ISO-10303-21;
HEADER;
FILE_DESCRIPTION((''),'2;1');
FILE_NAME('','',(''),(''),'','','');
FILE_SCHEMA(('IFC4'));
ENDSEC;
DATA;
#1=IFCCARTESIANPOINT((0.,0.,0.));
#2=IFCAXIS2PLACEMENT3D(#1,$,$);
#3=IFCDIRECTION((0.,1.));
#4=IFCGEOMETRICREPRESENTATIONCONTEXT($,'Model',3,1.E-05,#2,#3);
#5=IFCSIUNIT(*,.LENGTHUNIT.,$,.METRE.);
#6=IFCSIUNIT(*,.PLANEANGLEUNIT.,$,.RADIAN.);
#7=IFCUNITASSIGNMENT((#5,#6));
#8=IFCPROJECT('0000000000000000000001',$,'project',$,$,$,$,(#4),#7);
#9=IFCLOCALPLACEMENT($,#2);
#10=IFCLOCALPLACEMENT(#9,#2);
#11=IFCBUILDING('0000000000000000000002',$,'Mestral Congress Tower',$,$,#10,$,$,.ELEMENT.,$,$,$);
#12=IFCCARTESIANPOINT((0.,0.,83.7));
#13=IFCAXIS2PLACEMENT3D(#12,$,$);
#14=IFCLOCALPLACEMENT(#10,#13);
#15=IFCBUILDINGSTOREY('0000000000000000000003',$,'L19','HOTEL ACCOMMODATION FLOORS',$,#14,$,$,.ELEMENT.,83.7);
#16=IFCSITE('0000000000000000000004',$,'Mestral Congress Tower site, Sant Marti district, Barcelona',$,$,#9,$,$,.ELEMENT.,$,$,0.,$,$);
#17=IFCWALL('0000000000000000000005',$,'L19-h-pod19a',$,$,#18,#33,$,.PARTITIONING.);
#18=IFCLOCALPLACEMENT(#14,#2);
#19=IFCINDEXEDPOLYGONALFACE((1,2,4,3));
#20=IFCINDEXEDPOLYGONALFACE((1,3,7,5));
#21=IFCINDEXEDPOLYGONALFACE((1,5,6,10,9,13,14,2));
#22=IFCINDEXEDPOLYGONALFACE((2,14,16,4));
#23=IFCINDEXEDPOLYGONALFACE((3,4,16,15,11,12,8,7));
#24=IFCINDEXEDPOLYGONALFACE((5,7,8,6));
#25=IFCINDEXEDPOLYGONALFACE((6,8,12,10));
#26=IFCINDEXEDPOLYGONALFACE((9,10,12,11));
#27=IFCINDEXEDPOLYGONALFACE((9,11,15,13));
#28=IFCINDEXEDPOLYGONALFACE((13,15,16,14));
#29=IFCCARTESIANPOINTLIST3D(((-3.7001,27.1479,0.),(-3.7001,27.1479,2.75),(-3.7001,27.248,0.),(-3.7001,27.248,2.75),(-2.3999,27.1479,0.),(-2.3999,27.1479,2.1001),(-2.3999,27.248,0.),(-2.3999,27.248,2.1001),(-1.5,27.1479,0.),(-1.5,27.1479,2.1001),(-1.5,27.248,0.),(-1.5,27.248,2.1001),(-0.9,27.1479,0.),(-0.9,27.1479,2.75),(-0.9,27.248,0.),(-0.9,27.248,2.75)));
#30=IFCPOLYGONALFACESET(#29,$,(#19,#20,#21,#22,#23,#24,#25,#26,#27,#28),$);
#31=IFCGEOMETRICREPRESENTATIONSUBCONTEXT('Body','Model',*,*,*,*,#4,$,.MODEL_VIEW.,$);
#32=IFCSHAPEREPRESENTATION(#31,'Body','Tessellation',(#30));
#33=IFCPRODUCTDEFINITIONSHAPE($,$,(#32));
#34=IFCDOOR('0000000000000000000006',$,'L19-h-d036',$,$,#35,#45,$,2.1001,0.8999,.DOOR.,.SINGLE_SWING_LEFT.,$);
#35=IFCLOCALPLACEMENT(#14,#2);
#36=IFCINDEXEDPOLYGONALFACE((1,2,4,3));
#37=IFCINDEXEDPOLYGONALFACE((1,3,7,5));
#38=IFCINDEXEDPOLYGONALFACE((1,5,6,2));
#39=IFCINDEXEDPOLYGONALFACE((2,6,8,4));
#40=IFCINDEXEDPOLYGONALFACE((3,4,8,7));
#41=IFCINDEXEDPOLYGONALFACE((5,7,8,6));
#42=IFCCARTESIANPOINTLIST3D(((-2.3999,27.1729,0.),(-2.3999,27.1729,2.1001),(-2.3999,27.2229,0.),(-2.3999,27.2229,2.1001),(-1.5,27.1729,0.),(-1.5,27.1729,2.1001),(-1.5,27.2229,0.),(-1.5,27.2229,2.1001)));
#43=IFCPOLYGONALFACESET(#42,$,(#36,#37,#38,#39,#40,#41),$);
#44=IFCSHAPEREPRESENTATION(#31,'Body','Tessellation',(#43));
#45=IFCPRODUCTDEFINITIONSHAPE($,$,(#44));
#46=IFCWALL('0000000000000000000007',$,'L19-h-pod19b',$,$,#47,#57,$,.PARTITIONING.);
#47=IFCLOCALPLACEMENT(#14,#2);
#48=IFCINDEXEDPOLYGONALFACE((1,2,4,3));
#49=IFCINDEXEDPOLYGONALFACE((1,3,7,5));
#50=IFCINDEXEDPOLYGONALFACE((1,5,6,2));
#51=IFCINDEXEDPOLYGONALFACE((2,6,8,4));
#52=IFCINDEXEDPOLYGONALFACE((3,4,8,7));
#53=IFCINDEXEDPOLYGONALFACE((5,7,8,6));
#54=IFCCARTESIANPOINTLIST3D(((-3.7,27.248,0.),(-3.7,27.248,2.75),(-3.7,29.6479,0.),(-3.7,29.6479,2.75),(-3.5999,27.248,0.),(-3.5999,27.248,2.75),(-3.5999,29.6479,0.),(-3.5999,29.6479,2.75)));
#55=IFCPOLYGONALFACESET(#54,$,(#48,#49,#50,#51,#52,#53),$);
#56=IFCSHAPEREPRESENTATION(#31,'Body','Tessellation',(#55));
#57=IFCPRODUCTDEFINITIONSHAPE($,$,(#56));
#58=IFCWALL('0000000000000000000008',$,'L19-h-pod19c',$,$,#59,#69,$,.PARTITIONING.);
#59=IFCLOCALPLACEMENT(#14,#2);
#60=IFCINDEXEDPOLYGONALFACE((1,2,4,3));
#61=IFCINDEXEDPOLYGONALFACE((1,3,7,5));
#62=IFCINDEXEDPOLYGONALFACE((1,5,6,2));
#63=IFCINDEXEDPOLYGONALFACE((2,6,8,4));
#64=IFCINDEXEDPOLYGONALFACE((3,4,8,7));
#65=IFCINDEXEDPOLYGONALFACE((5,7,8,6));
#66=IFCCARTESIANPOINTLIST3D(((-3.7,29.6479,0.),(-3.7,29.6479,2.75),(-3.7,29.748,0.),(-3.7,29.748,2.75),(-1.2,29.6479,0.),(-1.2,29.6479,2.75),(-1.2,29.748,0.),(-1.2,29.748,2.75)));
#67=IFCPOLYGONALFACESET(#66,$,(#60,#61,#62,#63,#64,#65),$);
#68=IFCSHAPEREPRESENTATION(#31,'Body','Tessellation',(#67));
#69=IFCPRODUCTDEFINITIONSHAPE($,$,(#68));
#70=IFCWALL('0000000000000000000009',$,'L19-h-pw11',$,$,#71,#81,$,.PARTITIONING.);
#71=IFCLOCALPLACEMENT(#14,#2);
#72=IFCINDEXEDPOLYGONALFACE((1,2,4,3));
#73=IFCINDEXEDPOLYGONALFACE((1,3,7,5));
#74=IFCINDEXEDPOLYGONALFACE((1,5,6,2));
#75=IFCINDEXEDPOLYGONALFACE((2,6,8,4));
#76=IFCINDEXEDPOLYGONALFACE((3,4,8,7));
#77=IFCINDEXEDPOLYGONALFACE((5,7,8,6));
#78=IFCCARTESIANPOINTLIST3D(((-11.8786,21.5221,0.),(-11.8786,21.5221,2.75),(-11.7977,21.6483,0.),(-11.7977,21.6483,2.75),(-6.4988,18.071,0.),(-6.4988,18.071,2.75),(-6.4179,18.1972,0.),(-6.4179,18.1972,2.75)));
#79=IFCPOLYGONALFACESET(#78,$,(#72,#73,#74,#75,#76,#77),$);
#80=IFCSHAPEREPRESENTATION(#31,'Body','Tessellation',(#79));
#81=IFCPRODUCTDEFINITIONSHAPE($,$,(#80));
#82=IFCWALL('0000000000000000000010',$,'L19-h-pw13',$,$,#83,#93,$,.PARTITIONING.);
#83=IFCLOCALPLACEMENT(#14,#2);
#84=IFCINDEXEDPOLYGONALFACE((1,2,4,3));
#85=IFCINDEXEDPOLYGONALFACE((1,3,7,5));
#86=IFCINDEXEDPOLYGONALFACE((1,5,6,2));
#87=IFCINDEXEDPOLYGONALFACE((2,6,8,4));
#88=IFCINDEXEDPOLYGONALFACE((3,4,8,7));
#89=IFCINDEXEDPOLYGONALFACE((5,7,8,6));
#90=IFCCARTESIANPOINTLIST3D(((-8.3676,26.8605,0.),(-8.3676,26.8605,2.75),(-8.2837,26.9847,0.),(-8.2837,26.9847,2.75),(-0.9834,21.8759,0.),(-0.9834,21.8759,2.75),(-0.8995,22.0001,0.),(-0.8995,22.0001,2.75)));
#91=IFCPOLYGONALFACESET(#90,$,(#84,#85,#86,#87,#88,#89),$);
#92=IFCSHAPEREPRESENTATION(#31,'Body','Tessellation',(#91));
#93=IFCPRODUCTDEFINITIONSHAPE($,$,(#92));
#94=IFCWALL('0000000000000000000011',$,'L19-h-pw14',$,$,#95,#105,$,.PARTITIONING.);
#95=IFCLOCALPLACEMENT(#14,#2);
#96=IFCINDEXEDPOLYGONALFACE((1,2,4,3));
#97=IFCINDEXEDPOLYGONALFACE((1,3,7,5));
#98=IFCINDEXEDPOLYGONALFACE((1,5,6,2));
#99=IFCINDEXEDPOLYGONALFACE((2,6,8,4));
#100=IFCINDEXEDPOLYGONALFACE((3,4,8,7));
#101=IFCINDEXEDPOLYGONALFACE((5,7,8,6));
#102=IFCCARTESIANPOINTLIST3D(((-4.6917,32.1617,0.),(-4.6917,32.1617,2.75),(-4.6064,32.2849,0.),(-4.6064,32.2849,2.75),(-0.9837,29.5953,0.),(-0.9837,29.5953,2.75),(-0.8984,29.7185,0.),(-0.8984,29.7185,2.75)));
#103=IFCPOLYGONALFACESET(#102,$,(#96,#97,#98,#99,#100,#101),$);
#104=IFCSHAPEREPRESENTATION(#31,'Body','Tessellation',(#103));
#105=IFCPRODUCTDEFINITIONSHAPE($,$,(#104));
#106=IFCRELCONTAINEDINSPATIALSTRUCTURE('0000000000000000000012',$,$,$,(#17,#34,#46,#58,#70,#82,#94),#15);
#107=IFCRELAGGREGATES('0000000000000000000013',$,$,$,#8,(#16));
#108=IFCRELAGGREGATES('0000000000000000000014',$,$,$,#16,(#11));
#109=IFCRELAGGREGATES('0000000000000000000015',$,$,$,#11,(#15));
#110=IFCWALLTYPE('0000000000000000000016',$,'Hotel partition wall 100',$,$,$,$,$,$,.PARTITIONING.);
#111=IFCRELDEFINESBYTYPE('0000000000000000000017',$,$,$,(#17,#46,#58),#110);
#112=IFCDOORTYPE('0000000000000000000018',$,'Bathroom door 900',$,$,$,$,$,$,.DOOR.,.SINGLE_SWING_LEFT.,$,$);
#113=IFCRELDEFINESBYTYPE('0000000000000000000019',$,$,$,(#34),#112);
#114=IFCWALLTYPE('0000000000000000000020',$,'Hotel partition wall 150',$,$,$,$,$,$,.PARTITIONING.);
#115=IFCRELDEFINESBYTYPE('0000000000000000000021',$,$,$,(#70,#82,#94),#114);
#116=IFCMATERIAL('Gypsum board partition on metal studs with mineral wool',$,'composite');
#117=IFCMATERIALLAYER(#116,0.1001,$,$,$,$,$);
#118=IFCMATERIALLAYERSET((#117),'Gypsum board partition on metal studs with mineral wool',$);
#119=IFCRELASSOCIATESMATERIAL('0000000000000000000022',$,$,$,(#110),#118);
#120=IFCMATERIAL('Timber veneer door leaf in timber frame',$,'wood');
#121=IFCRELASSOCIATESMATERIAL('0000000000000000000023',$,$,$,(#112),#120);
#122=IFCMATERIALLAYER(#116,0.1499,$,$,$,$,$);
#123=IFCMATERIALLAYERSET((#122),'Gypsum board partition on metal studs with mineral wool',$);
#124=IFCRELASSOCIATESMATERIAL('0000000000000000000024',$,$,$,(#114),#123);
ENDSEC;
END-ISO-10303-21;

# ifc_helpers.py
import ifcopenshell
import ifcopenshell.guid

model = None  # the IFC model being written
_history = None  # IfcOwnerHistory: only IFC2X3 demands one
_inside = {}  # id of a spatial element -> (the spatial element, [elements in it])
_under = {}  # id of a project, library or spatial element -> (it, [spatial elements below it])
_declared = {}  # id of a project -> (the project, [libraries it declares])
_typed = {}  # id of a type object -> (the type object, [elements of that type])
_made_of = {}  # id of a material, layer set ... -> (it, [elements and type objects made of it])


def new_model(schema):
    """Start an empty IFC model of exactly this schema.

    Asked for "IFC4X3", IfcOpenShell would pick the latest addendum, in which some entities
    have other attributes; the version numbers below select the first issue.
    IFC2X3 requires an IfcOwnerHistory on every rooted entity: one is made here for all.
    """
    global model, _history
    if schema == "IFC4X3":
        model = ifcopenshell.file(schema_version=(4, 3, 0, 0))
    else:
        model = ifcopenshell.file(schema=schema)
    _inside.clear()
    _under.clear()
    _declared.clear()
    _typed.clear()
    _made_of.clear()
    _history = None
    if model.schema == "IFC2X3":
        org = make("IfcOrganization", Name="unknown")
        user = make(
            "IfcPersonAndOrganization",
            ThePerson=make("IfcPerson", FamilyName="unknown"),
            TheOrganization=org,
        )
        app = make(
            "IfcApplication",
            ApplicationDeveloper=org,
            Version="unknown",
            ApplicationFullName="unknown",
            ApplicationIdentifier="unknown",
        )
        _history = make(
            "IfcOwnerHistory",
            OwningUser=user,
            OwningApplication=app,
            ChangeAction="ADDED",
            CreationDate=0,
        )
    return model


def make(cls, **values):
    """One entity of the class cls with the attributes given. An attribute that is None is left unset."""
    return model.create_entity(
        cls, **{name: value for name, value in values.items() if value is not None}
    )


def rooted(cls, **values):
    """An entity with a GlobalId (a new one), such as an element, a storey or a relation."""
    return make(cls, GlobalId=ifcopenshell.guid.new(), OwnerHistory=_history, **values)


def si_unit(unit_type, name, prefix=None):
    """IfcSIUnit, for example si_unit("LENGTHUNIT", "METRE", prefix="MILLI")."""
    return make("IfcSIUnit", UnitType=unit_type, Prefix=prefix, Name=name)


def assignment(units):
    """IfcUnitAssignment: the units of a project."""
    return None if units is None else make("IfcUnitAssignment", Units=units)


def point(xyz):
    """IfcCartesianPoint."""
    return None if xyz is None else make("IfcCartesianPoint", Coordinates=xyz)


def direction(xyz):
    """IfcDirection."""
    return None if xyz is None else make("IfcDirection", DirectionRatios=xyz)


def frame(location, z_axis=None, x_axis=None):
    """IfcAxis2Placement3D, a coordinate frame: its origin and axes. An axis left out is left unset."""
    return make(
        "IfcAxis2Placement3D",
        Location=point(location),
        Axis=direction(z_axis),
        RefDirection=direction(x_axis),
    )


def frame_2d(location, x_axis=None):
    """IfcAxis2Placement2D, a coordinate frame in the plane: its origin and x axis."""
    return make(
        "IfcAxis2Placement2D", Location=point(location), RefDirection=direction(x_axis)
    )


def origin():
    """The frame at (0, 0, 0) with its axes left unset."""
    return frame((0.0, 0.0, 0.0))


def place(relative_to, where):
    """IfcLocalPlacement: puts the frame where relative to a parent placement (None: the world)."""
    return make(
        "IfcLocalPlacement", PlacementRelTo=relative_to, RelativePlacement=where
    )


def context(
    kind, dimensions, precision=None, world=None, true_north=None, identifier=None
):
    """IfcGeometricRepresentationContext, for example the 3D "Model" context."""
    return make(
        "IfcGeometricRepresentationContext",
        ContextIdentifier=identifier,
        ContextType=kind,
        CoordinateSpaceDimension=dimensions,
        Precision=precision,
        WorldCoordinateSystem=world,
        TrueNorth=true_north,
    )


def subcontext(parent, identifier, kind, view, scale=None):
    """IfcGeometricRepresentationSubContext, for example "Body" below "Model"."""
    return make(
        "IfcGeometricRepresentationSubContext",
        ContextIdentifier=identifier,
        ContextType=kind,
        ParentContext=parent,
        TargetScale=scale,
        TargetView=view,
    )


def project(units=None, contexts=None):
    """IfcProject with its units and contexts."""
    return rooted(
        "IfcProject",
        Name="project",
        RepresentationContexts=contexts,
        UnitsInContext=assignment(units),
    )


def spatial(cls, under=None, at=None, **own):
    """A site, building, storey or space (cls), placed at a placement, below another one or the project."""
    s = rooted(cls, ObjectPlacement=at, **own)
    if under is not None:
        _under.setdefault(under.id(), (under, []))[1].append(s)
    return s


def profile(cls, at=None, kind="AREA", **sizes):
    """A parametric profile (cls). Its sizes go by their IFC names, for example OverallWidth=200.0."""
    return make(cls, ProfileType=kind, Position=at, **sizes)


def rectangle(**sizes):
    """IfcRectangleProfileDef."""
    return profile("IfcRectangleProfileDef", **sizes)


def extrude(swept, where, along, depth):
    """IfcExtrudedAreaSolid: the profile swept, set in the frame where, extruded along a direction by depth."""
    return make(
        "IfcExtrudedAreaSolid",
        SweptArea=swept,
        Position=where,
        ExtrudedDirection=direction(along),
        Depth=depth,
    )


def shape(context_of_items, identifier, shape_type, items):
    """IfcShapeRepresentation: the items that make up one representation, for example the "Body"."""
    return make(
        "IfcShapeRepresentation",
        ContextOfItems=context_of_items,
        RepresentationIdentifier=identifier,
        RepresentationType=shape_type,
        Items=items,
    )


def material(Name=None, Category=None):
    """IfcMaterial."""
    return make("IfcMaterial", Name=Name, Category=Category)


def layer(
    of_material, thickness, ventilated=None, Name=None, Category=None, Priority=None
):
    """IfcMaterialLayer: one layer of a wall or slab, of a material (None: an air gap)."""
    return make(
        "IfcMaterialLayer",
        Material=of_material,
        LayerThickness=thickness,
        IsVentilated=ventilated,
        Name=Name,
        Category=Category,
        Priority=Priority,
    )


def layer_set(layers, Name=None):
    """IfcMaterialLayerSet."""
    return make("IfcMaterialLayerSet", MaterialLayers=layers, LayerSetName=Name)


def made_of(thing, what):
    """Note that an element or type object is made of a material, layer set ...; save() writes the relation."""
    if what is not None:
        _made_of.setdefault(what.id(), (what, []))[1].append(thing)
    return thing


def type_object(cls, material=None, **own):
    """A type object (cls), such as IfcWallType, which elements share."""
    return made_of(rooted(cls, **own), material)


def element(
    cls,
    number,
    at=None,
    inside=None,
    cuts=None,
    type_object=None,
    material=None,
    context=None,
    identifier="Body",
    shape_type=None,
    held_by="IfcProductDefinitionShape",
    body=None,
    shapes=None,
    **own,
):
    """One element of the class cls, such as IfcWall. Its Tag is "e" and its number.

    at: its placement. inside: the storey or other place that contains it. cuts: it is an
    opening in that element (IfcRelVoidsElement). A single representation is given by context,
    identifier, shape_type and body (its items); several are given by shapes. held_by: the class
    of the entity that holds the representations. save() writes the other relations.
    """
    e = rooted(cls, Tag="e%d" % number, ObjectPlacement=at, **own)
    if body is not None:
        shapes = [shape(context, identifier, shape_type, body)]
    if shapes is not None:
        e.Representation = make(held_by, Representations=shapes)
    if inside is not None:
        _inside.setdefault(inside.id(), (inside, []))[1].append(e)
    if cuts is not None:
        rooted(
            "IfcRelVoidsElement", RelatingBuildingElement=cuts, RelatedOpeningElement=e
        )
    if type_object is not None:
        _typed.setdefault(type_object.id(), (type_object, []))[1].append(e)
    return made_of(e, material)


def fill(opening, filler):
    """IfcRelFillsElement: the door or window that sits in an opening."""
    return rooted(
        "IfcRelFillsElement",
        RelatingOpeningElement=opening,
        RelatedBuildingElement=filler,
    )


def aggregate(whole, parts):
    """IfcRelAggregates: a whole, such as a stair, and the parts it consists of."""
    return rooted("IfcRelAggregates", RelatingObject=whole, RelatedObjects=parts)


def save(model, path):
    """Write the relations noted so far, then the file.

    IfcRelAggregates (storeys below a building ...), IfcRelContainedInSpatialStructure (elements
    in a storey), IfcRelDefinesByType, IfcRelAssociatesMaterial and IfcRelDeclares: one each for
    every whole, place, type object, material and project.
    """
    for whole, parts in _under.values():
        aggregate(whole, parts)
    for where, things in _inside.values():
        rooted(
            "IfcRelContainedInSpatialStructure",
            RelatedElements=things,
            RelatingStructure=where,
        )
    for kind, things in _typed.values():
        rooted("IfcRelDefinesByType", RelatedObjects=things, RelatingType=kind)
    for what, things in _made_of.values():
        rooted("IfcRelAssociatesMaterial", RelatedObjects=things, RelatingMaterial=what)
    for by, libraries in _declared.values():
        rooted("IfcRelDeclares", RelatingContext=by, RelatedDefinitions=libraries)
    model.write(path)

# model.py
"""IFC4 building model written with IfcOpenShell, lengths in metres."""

from ifc_helpers import new_model, si_unit, direction, frame, frame_2d, origin, place, context, subcontext, project, spatial, rectangle, extrude, material, layer, layer_set, type_object, element, fill, save


model = new_model("IFC4")

# Units and contexts
model_context = context("Model", 3, precision=1e-05, world=origin(), true_north=direction((0.0, 1.0)))
body_context = subcontext(model_context, "Body", "Model", "MODEL_VIEW")
ifc_project = project(units=[si_unit("LENGTHUNIT", "METRE"), si_unit("PLANEANGLEUNIT", "RADIAN")], contexts=[model_context])

# Site, building, storey
site_placement = place(None, origin())
site = spatial("IfcSite", under=ifc_project, at=site_placement, Name="Mestral Congress Tower site, Sant Marti district, Barcelona", CompositionType="ELEMENT", RefElevation=0.0)
building_placement = place(site_placement, origin())
building = spatial("IfcBuilding", under=site, at=building_placement, Name="Mestral Congress Tower", CompositionType="ELEMENT")
storey_placement = place(building_placement, frame((0.0, 0.0, 83.7)))
storey = spatial("IfcBuildingStorey", under=building, at=storey_placement, Name="L19", Description="HOTEL ACCOMMODATION FLOORS", CompositionType="ELEMENT", Elevation=83.7)

# Wall, opening, door
ifc_material_1 = material(Name="Gypsum board partition on metal studs with mineral wool", Category="composite")
ifc_layer_1 = layer(ifc_material_1, 0.1001)
ifc_layer_set_1 = layer_set([ifc_layer_1], Name="Gypsum board partition on metal studs with mineral wool")
wall_type_1 = type_object("IfcWallType", Name="Hotel partition wall 100", PredefinedType="PARTITIONING", material=ifc_layer_set_1)
wall_1_placement = place(storey_placement, frame((-3.7, 27.198, 0.0), z_axis=(0.0, 0.0, 1.0), x_axis=(1.0, 0.0, 0.0)))
wall_1 = element("IfcWall", 1, at=wall_1_placement, inside=storey, type_object=wall_type_1, Name="L19-h-pod19a", PredefinedType="PARTITIONING", context=body_context, shape_type="SweptSolid", body=[
    extrude(rectangle(XDim=2.8, YDim=0.1001, at=frame_2d((1.3999, 0.0))), origin(), (0.0, 0.0, 1.0), 2.75),
])
opening_1_placement = place(wall_1_placement, frame((1.3, 0.0, 0.0)))
opening_1 = element("IfcOpeningElement", 2, at=opening_1_placement, cuts=wall_1, PredefinedType="OPENING", context=body_context, shape_type="SweptSolid", body=[
    extrude(rectangle(XDim=0.8999, YDim=2.1001, at=frame_2d((0.45, 1.05))), frame((0.0, 0.0601, 0.0), z_axis=(0.0, -1.0, 0.0), x_axis=(1.0, 0.0, 0.0)), (0.0, 0.0, 1.0), 0.1201),
])
ifc_material_2 = material(Name="Timber veneer door leaf in timber frame", Category="wood")
door_type = type_object("IfcDoorType", Name="Bathroom door 900", OperationType="SINGLE_SWING_LEFT", PredefinedType="DOOR", material=ifc_material_2)
door_placement = place(opening_1_placement, origin())
door = element("IfcDoor", 3, at=door_placement, inside=storey, type_object=door_type, Name="L19-h-d036", OperationType="SINGLE_SWING_LEFT", OverallHeight=2.1001, OverallWidth=0.8999, PredefinedType="DOOR", context=body_context, shape_type="SweptSolid", body=[
    extrude(rectangle(XDim=0.8999, YDim=2.1001, at=frame_2d((0.45, 1.05))), frame((0.0, 0.0249, 0.0), z_axis=(0.0, -1.0, 0.0), x_axis=(1.0, 0.0, 0.0)), (0.0, 0.0, 1.0), 0.05),
])
fill(opening_1, door)

# Walls
wall_2_placement = place(storey_placement, frame((-3.6499, 27.248, 0.0), z_axis=(0.0, 0.0, 1.0), x_axis=(0.0, 1.0, 0.0)))
element("IfcWall", 4, at=wall_2_placement, inside=storey, type_object=wall_type_1, Name="L19-h-pod19b", PredefinedType="PARTITIONING", context=body_context, shape_type="SweptSolid", body=[
    extrude(rectangle(XDim=2.3999, YDim=0.1001, at=frame_2d((1.2, 0.0))), origin(), (0.0, 0.0, 1.0), 2.75),
])
wall_3_placement = place(storey_placement, frame((-1.2, 29.698, 0.0), z_axis=(0.0, 0.0, 1.0), x_axis=(-1.0, 0.0, 0.0)))
element("IfcWall", 5, at=wall_3_placement, inside=storey, type_object=wall_type_1, Name="L19-h-pod19c", PredefinedType="PARTITIONING", context=body_context, shape_type="SweptSolid", body=[
    extrude(rectangle(XDim=2.5, YDim=0.1001, at=frame_2d((1.25, 0.0))), origin(), (0.0, 0.0, 1.0), 2.75),
])
ifc_layer_2 = layer(ifc_material_1, 0.1499)
ifc_layer_set_2 = layer_set([ifc_layer_2], Name="Gypsum board partition on metal studs with mineral wool")
wall_type_2 = type_object("IfcWallType", Name="Hotel partition wall 150", PredefinedType="PARTITIONING", material=ifc_layer_set_2)
wall_4_placement = place(storey_placement, frame((-11.8381, 21.5852, 0.0), z_axis=(0.0, 0.0, 1.0), x_axis=(0.841699, -0.539947, 0.0)))
element("IfcWall", 6, at=wall_4_placement, inside=storey, type_object=wall_type_2, Name="L19-h-pw11", PredefinedType="PARTITIONING", context=body_context, shape_type="SweptSolid", body=[
    extrude(rectangle(XDim=6.3916, YDim=0.1499, at=frame_2d((3.1958, 0.0))), origin(), (0.0, 0.0, 1.0), 2.75),
])
wall_5_placement = place(storey_placement, frame((-8.3257, 26.9226, 0.0), z_axis=(0.0, 0.0, 1.0), x_axis=(0.828837, -0.559491, 0.0)))
element("IfcWall", 7, at=wall_5_placement, inside=storey, type_object=wall_type_2, Name="L19-h-pw13", PredefinedType="PARTITIONING", context=body_context, shape_type="SweptSolid", body=[
    extrude(rectangle(XDim=8.9092, YDim=0.1499, at=frame_2d((4.4546, 0.0))), origin(), (0.0, 0.0, 1.0), 2.75),
])
wall_6_placement = place(storey_placement, frame((-4.6492, 32.2234, 0.0), z_axis=(0.0, 0.0, 1.0), x_axis=(0.822262, -0.569109, 0.0)))
element("IfcWall", 8, at=wall_6_placement, inside=storey, type_object=wall_type_2, Name="L19-h-pw14", PredefinedType="PARTITIONING", context=body_context, shape_type="SweptSolid", body=[
    extrude(rectangle(XDim=4.5095, YDim=0.1499, at=frame_2d((2.2549, 0.0))), origin(), (0.0, 0.0, 1.0), 2.75),
])

save(model, "model.ifc")
